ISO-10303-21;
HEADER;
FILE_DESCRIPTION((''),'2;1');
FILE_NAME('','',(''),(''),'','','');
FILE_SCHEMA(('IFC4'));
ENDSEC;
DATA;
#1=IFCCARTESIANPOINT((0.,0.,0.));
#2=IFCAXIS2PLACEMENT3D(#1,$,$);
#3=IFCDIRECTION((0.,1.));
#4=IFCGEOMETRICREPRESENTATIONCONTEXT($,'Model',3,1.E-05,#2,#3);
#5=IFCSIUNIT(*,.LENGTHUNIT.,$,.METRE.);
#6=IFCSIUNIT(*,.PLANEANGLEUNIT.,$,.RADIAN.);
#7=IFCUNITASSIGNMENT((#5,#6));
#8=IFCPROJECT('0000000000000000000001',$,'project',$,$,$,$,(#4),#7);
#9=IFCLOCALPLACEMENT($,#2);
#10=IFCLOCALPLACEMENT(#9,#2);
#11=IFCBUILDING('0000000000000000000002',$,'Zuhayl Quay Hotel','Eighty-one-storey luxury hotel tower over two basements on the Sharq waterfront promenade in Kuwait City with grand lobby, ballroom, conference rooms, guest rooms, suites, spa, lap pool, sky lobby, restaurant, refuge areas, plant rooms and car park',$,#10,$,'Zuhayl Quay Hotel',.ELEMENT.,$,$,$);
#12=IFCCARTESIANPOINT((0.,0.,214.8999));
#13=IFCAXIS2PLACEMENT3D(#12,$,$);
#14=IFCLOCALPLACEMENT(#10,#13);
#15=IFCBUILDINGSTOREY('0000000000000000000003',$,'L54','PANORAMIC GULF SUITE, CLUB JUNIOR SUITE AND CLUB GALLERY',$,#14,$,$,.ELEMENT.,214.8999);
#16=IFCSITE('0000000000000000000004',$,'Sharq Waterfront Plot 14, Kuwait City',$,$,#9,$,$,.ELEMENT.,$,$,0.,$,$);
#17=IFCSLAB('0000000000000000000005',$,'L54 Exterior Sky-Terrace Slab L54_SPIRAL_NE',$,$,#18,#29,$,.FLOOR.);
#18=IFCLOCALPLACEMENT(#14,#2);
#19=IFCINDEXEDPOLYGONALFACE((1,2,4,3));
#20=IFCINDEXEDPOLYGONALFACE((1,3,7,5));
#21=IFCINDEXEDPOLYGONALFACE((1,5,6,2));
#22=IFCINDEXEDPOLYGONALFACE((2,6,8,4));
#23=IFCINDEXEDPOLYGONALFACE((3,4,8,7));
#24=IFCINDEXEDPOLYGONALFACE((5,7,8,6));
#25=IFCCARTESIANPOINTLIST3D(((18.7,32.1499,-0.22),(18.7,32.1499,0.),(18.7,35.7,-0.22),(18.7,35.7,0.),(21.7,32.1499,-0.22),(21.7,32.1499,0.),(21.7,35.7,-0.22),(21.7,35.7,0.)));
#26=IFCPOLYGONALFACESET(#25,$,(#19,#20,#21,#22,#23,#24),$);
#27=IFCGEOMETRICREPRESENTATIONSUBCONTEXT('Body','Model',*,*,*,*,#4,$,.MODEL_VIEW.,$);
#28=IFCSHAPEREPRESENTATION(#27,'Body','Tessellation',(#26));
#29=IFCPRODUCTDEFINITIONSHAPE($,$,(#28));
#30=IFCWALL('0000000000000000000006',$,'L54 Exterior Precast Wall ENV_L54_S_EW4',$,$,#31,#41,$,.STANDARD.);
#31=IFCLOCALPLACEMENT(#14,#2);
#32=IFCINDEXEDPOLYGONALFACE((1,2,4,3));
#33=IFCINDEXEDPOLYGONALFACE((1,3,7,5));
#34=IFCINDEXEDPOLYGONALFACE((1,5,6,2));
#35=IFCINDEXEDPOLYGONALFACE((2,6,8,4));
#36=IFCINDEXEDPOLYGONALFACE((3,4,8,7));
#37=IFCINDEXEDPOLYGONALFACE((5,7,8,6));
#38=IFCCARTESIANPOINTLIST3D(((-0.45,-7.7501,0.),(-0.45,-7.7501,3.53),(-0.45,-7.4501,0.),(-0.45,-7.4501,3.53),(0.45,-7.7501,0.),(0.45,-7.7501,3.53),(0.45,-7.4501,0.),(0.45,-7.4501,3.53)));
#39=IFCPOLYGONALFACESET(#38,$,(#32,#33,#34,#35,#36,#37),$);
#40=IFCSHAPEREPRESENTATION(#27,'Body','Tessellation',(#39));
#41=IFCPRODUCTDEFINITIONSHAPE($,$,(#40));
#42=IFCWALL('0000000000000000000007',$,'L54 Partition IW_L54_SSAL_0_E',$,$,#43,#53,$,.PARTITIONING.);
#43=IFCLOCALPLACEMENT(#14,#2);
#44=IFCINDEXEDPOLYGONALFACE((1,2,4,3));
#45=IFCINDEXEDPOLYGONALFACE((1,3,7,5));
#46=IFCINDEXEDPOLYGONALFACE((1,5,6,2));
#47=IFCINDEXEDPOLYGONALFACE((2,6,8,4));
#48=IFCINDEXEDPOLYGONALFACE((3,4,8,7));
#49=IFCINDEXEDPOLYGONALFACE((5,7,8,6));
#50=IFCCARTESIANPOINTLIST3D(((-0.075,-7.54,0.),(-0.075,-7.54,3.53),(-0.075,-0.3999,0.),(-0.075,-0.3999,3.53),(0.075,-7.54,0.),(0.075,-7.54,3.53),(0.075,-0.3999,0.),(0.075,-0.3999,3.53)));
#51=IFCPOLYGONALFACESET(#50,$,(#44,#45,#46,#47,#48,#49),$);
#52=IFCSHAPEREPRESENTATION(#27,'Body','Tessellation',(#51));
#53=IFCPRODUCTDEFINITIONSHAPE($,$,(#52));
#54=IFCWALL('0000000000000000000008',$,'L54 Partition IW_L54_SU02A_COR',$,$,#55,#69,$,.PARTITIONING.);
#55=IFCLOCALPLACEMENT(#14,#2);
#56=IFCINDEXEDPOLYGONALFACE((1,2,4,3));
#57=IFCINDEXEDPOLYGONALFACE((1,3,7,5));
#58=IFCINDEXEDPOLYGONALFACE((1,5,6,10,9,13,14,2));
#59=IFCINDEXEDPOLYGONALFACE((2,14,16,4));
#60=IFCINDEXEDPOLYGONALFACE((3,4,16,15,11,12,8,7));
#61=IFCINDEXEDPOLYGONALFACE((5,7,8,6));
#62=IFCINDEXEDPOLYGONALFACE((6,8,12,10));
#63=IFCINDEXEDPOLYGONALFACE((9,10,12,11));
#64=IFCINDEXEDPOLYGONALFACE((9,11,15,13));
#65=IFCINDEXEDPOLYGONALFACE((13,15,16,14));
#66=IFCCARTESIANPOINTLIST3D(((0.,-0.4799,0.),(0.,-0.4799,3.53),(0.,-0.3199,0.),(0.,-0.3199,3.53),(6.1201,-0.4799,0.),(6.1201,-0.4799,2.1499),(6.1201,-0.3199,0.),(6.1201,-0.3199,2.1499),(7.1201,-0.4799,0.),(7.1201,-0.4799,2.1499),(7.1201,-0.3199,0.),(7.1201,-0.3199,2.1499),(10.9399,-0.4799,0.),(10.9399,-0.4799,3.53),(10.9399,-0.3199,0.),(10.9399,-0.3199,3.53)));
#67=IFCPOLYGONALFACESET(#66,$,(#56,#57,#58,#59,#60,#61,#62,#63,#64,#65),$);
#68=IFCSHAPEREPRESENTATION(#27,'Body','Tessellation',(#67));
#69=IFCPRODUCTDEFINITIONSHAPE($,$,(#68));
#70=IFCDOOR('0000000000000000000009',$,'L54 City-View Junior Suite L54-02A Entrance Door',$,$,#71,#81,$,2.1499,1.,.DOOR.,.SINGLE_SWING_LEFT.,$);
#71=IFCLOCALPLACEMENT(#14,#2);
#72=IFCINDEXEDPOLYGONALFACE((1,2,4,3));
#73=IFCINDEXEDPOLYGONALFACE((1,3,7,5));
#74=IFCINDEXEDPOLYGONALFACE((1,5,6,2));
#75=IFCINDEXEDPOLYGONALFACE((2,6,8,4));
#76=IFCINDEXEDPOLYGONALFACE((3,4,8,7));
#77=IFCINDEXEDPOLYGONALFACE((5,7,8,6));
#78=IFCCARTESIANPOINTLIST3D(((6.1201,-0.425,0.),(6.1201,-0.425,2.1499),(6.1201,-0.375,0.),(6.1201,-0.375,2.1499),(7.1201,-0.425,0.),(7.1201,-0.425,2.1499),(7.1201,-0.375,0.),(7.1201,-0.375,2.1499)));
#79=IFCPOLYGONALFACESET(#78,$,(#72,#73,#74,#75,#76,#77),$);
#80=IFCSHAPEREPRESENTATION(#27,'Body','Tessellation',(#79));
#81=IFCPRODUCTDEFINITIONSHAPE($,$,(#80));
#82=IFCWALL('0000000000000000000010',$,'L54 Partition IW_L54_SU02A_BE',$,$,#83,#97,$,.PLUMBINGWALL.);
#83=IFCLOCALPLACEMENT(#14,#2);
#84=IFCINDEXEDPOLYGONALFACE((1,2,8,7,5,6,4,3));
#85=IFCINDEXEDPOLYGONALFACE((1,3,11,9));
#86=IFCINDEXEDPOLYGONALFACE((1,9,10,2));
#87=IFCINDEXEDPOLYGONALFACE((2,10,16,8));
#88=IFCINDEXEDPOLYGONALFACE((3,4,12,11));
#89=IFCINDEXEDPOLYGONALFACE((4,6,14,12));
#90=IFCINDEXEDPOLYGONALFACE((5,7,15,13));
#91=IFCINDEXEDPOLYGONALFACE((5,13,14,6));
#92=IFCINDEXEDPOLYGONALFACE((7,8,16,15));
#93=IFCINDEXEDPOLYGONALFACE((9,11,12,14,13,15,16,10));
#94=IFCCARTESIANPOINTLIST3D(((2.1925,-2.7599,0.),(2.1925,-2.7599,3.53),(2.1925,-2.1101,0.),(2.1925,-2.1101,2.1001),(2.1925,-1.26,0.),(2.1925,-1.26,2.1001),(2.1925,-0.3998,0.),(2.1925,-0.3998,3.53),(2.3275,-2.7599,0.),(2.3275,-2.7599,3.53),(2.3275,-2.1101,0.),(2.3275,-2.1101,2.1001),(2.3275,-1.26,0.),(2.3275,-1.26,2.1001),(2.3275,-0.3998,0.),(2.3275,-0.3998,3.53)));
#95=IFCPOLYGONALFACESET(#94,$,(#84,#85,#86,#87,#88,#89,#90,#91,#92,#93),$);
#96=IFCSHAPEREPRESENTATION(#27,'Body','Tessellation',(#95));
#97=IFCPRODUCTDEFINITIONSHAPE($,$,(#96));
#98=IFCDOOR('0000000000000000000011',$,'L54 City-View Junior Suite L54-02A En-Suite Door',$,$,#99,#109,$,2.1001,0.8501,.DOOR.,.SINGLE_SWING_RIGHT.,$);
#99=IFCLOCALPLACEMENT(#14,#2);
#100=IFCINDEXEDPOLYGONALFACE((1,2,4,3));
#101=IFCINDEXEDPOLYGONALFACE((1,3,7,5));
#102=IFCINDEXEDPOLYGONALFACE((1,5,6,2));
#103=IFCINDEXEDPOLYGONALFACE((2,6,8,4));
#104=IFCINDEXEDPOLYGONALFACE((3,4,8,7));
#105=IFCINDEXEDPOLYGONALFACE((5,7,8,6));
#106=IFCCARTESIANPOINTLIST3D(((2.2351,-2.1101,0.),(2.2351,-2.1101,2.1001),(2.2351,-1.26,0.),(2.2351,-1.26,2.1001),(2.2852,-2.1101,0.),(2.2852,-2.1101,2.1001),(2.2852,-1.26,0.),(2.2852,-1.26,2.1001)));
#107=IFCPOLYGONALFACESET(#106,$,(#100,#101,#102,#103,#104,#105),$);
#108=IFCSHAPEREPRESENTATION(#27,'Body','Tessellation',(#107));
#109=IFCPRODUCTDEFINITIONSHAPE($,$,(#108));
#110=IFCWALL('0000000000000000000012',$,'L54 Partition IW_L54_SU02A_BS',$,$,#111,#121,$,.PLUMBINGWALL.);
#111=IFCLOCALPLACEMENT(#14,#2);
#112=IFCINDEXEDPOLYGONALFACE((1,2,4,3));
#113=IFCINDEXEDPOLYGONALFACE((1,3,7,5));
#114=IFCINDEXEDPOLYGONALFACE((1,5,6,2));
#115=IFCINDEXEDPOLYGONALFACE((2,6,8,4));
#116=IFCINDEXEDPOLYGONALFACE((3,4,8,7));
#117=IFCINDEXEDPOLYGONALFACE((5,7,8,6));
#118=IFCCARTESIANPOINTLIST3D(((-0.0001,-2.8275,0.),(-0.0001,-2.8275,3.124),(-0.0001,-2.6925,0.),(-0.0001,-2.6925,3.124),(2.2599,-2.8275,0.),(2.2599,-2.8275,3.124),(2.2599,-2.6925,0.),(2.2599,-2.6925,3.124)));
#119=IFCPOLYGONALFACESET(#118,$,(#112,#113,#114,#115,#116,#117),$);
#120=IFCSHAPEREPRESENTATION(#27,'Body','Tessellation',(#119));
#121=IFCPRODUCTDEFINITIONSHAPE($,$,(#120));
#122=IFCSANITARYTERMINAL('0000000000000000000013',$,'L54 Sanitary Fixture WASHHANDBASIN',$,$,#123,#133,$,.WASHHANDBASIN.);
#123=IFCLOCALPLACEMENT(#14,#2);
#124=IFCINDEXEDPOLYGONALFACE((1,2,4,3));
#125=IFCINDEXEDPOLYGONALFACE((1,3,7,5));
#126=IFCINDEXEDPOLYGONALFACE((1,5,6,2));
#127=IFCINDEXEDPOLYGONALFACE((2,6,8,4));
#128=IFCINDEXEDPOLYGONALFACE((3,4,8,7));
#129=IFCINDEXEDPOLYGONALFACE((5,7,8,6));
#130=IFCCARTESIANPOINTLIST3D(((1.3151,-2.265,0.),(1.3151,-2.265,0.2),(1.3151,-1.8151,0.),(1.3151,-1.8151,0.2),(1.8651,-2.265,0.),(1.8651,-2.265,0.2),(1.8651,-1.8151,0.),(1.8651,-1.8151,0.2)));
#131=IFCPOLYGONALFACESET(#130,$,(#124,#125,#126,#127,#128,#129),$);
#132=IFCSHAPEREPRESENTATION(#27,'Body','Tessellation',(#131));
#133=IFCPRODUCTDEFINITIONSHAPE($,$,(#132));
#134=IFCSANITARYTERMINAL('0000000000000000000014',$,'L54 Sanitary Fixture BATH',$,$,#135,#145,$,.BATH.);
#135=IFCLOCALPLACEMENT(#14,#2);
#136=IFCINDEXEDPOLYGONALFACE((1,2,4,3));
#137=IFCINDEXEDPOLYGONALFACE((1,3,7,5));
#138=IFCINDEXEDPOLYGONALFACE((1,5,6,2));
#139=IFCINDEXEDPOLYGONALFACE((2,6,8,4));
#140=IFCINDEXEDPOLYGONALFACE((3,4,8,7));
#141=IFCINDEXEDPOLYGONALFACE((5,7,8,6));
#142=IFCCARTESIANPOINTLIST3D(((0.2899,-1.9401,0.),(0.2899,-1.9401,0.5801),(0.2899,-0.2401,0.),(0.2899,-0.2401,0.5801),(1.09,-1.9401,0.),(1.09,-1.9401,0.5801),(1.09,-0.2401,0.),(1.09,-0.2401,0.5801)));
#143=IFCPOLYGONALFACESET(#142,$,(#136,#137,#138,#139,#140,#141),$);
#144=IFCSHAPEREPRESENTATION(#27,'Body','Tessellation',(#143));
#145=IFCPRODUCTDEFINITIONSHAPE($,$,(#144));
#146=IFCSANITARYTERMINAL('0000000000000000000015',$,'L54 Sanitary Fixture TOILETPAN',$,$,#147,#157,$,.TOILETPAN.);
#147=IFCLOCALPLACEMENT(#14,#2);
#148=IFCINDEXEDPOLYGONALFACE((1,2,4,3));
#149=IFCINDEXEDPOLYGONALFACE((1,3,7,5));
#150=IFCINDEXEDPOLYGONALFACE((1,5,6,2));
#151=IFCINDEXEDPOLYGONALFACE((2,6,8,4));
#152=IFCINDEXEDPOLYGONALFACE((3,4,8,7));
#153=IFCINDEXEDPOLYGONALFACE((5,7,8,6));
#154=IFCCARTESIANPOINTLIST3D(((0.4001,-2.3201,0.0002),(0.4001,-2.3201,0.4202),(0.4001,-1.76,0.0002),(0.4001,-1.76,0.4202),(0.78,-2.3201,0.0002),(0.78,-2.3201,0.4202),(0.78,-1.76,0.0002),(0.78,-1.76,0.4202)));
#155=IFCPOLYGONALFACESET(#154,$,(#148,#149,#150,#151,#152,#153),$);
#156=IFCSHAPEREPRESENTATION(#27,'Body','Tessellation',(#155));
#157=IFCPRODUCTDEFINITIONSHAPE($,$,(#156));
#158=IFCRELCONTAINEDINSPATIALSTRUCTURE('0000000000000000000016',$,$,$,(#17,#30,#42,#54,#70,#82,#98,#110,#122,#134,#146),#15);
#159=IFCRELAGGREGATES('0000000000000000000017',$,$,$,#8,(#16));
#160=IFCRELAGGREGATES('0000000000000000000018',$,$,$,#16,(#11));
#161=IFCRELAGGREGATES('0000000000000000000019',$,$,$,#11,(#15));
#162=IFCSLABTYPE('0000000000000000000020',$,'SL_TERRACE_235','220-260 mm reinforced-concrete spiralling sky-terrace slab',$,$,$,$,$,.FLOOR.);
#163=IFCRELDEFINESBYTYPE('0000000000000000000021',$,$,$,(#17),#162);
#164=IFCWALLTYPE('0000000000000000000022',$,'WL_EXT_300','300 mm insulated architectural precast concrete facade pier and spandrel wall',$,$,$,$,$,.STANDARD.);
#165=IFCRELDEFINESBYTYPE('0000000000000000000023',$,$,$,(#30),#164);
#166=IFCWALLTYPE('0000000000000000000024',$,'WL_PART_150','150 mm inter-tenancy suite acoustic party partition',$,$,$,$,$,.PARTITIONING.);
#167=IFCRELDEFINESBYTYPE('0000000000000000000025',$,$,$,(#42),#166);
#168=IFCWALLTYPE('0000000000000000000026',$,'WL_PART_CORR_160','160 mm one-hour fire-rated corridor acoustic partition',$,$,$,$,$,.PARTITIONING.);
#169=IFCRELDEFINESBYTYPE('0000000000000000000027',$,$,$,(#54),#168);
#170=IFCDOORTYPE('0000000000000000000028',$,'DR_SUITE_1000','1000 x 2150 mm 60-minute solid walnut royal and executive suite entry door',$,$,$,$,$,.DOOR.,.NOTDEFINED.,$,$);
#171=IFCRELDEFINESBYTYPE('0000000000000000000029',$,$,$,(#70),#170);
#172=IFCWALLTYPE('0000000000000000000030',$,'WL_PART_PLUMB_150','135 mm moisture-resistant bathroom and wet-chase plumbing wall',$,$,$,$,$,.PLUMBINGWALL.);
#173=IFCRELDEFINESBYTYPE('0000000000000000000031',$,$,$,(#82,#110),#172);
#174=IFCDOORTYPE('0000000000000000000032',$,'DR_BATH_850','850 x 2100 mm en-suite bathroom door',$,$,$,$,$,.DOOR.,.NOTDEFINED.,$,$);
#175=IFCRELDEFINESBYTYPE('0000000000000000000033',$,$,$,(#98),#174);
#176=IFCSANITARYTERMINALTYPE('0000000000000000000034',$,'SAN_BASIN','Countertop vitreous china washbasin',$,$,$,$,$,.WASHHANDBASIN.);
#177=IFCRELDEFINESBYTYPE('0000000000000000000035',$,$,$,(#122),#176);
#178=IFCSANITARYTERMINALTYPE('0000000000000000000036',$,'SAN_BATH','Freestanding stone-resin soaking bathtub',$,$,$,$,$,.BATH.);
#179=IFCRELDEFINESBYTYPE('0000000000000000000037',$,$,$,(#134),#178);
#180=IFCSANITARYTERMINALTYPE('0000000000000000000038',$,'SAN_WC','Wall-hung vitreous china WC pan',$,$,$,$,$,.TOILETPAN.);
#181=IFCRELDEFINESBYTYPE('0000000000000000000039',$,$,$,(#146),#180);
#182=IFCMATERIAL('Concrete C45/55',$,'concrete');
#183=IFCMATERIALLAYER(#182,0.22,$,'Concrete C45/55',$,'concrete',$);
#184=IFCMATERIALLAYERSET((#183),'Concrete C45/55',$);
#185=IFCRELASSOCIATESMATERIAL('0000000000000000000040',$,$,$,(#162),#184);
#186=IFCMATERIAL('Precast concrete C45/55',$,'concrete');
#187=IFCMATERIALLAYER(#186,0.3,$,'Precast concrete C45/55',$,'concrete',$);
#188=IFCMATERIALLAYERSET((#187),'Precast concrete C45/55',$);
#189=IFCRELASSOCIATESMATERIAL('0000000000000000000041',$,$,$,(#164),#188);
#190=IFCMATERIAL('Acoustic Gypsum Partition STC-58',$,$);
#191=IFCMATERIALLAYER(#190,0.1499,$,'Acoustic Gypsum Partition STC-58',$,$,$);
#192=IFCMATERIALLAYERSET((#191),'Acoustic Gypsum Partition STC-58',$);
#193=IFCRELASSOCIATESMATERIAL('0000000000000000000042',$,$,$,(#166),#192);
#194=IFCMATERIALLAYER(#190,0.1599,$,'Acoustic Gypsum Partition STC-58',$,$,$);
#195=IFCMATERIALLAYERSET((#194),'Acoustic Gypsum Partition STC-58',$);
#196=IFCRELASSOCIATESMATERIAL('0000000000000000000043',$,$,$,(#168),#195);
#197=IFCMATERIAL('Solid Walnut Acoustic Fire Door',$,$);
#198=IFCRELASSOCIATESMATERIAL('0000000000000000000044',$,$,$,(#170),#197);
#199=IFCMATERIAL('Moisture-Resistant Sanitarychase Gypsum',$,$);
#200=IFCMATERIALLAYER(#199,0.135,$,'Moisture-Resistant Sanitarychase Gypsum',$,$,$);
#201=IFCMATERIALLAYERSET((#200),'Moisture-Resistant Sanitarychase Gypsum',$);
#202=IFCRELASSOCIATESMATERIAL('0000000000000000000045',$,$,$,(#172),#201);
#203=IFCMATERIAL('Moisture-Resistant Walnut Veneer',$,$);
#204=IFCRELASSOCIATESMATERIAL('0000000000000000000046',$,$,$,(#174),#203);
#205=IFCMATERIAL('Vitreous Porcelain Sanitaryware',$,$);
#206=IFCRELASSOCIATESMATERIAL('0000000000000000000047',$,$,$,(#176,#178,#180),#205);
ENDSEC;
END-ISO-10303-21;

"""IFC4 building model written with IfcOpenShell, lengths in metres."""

from ifc_helpers import new_model, si_unit, direction, frame, frame_2d, origin, origin_2d, place, context, subcontext, project, spatial, polyline, rectangle, outline, extrude, material, layer, layer_set, type_object, element, fill, save


model = new_model("IFC4")

# Units and contexts
model_context = context("Model", 3, precision=1e-05, world=origin(), true_north=direction((0.0, 1.0)))
body_context = subcontext(model_context, "Body", "Model", "MODEL_VIEW")
ifc_project = project(units=[si_unit("LENGTHUNIT", "METRE"), si_unit("PLANEANGLEUNIT", "RADIAN")], contexts=[model_context])

# Site, building, storey
site_placement = place(None, origin())
site = spatial("IfcSite", under=ifc_project, at=site_placement, Name="Sharq Waterfront Plot 14, Kuwait City", CompositionType="ELEMENT", RefElevation=0.0)
building_placement = place(site_placement, origin())
building = spatial("IfcBuilding", under=site, at=building_placement, Name="Zuhayl Quay Hotel", Description="Eighty-one-storey luxury hotel tower over two basements on the Sharq waterfront promenade in Kuwait City with grand lobby, ballroom, conference rooms, guest rooms, suites, spa, lap pool, sky lobby, restaurant, refuge areas, plant rooms and car park", LongName="Zuhayl Quay Hotel", CompositionType="ELEMENT")
storey_placement = place(building_placement, frame((0.0, 0.0, 214.8999)))
storey = spatial("IfcBuildingStorey", under=building, at=storey_placement, Name="L54", Description="PANORAMIC GULF SUITE, CLUB JUNIOR SUITE AND CLUB GALLERY", CompositionType="ELEMENT", Elevation=214.8999)

# Shared definitions
ifc_material_1 = material(Name="Concrete C45/55", Category="concrete")

# Slab
ifc_layer_1 = layer(ifc_material_1, 0.22, Name="Concrete C45/55", Category="concrete")
ifc_layer_set_1 = layer_set([ifc_layer_1], Name="Concrete C45/55")
slab_type_1 = type_object("IfcSlabType", Name="SL_TERRACE_235", Description="220-260 mm reinforced-concrete spiralling sky-terrace slab", PredefinedType="FLOOR", material=ifc_layer_set_1)
slab_1_placement = place(storey_placement, frame((0.0, 0.0, -0.22)))
element("IfcSlab", 1, at=slab_1_placement, inside=storey, type_object=slab_type_1, Name="L54 Exterior Sky-Terrace Slab L54_SPIRAL_NE", PredefinedType="FLOOR", context=body_context, shape_type="SweptSolid", body=[
    extrude(outline(polyline([(18.7, 32.1499), (21.7, 32.1499), (21.7, 35.7), (18.7, 35.7), (18.7, 32.1499)])), origin(), (0.0, 0.0, 1.0), 0.22),
])

# Walls
ifc_material_2 = material(Name="Precast concrete C45/55", Category="concrete")
ifc_layer_2 = layer(ifc_material_2, 0.3, Name="Precast concrete C45/55", Category="concrete")
ifc_layer_set_2 = layer_set([ifc_layer_2], Name="Precast concrete C45/55")
wall_type_1 = type_object("IfcWallType", Name="WL_EXT_300", Description="300 mm insulated architectural precast concrete facade pier and spandrel wall", PredefinedType="STANDARD", material=ifc_layer_set_2)
wall_1_placement = place(storey_placement, frame((0.45, -7.6001, 0.0), z_axis=(0.0, 0.0, 1.0), x_axis=(-1.0, 0.0, 0.0)))
element("IfcWall", 2, at=wall_1_placement, inside=storey, type_object=wall_type_1, Name="L54 Exterior Precast Wall ENV_L54_S_EW4", PredefinedType="STANDARD", context=body_context, shape_type="SweptSolid", body=[
    extrude(rectangle(XDim=0.8999, YDim=0.3, at=frame_2d((0.45, 0.0))), origin(), (0.0, 0.0, 1.0), 3.53),
])
ifc_material_3 = material(Name="Acoustic Gypsum Partition STC-58")
ifc_layer_3 = layer(ifc_material_3, 0.1499, Name="Acoustic Gypsum Partition STC-58")
ifc_layer_set_3 = layer_set([ifc_layer_3], Name="Acoustic Gypsum Partition STC-58")
wall_type_2 = type_object("IfcWallType", Name="WL_PART_150", Description="150 mm inter-tenancy suite acoustic party partition", PredefinedType="PARTITIONING", material=ifc_layer_set_3)
wall_2_placement = place(storey_placement, frame((0.0, -7.54, 0.0), z_axis=(0.0, 0.0, 1.0), x_axis=(0.0, 1.0, 0.0)))
element("IfcWall", 3, at=wall_2_placement, inside=storey, type_object=wall_type_2, Name="L54 Partition IW_L54_SSAL_0_E", PredefinedType="PARTITIONING", context=body_context, shape_type="SweptSolid", body=[
    extrude(rectangle(XDim=7.1401, YDim=0.1499, at=frame_2d((3.5701, 0.0))), origin(), (0.0, 0.0, 1.0), 3.53),
])

# Walls, openings, doors
ifc_layer_4 = layer(ifc_material_3, 0.1599, Name="Acoustic Gypsum Partition STC-58")
ifc_layer_set_4 = layer_set([ifc_layer_4], Name="Acoustic Gypsum Partition STC-58")
wall_type_3 = type_object("IfcWallType", Name="WL_PART_CORR_160", Description="160 mm one-hour fire-rated corridor acoustic partition", PredefinedType="PARTITIONING", material=ifc_layer_set_4)
wall_3_placement = place(storey_placement, frame((0.0, -0.3999, 0.0), z_axis=(0.0, 0.0, 1.0), x_axis=(1.0, 0.0, 0.0)))
wall_3 = element("IfcWall", 4, at=wall_3_placement, inside=storey, type_object=wall_type_3, Name="L54 Partition IW_L54_SU02A_COR", PredefinedType="PARTITIONING", context=body_context, shape_type="SweptSolid", body=[
    extrude(rectangle(XDim=10.9399, YDim=0.1599, at=frame_2d((5.47, 0.0))), origin(), (0.0, 0.0, 1.0), 3.53),
])
opening_1_placement = place(wall_3_placement, frame((6.1201, 0.0, 0.0)))
opening_1 = element("IfcOpeningElement", 5, at=opening_1_placement, cuts=wall_3, PredefinedType="OPENING", context=body_context, shape_type="SweptSolid", body=[
    extrude(rectangle(XDim=1.0, YDim=2.1499, at=frame_2d((0.5, 1.075))), frame((0.0, 0.0898, 0.0), z_axis=(0.0, -1.0, 0.0), x_axis=(1.0, 0.0, 0.0)), (0.0, 0.0, 1.0), 0.1799),
])
ifc_material_4 = material(Name="Solid Walnut Acoustic Fire Door")
door_type_1 = type_object("IfcDoorType", Name="DR_SUITE_1000", Description="1000 x 2150 mm 60-minute solid walnut royal and executive suite entry door", OperationType="NOTDEFINED", PredefinedType="DOOR", material=ifc_material_4)
door_1_placement = place(opening_1_placement, origin())
door_1 = element("IfcDoor", 6, at=door_1_placement, inside=storey, type_object=door_type_1, Name="L54 City-View Junior Suite L54-02A Entrance Door", OperationType="SINGLE_SWING_LEFT", OverallHeight=2.1499, OverallWidth=1.0, PredefinedType="DOOR", context=body_context, shape_type="SweptSolid", body=[
    extrude(rectangle(XDim=1.0, YDim=2.1499, at=frame_2d((0.5, 1.075))), frame((0.0, 0.0249, 0.0), z_axis=(0.0, -1.0, 0.0), x_axis=(1.0, 0.0, 0.0)), (0.0, 0.0, 1.0), 0.05),
])
fill(opening_1, door_1)
ifc_material_5 = material(Name="Moisture-Resistant Sanitarychase Gypsum")
ifc_layer_5 = layer(ifc_material_5, 0.135, Name="Moisture-Resistant Sanitarychase Gypsum")
ifc_layer_set_5 = layer_set([ifc_layer_5], Name="Moisture-Resistant Sanitarychase Gypsum")
wall_type_4 = type_object("IfcWallType", Name="WL_PART_PLUMB_150", Description="135 mm moisture-resistant bathroom and wet-chase plumbing wall", PredefinedType="PLUMBINGWALL", material=ifc_layer_set_5)
wall_4_placement = place(storey_placement, frame((2.26, -2.76, 0.0), z_axis=(0.0, 0.0, 1.0), x_axis=(0.0, 1.0, 0.0)))
wall_4 = element("IfcWall", 7, at=wall_4_placement, inside=storey, type_object=wall_type_4, Name="L54 Partition IW_L54_SU02A_BE", PredefinedType="PLUMBINGWALL", context=body_context, shape_type="SweptSolid", body=[
    extrude(rectangle(XDim=2.3601, YDim=0.135, at=frame_2d((1.1802, 0.0))), origin(), (0.0, 0.0, 1.0), 3.53),
])
opening_2_placement = place(wall_4_placement, frame((0.6499, 0.0, 0.0)))
opening_2 = element("IfcOpeningElement", 8, at=opening_2_placement, cuts=wall_4, PredefinedType="OPENING", context=body_context, shape_type="SweptSolid", body=[
    extrude(rectangle(XDim=0.8501, YDim=2.1001, at=frame_2d((0.425, 1.05))), frame((0.0, 0.0774, 0.0), z_axis=(0.0, -1.0, 0.0), x_axis=(1.0, 0.0, 0.0)), (0.0, 0.0, 1.0), 0.155),
])
ifc_material_6 = material(Name="Moisture-Resistant Walnut Veneer")
door_type_2 = type_object("IfcDoorType", Name="DR_BATH_850", Description="850 x 2100 mm en-suite bathroom door", OperationType="NOTDEFINED", PredefinedType="DOOR", material=ifc_material_6)
door_2_placement = place(opening_2_placement, origin())
door_2 = element("IfcDoor", 9, at=door_2_placement, inside=storey, type_object=door_type_2, Name="L54 City-View Junior Suite L54-02A En-Suite Door", OperationType="SINGLE_SWING_RIGHT", OverallHeight=2.1001, OverallWidth=0.8501, PredefinedType="DOOR", context=body_context, shape_type="SweptSolid", body=[
    extrude(rectangle(XDim=0.8501, YDim=2.1001, at=frame_2d((0.425, 1.05))), frame((0.0, 0.0249, 0.0), z_axis=(0.0, -1.0, 0.0), x_axis=(1.0, 0.0, 0.0)), (0.0, 0.0, 1.0), 0.05),
])
fill(opening_2, door_2)

# Wall
wall_5_placement = place(storey_placement, frame((0.0, -2.76, 0.0), z_axis=(0.0, 0.0, 1.0), x_axis=(1.0, 0.0, 0.0)))
element("IfcWall", 10, at=wall_5_placement, inside=storey, type_object=wall_type_4, Name="L54 Partition IW_L54_SU02A_BS", PredefinedType="PLUMBINGWALL", context=body_context, shape_type="SweptSolid", body=[
    extrude(rectangle(XDim=2.26, YDim=0.135, at=frame_2d((1.1299, 0.0))), origin(), (0.0, 0.0, 1.0), 3.124),
])

# Sanitary terminals
ifc_material_7 = material(Name="Vitreous Porcelain Sanitaryware")
sanitary_terminal_type_1 = type_object("IfcSanitaryTerminalType", Name="SAN_BASIN", Description="Countertop vitreous china washbasin", PredefinedType="WASHHANDBASIN", material=ifc_material_7)
sanitary_terminal_1_placement = place(storey_placement, frame((1.5901, -2.04, 0.0), z_axis=(0.0, 0.0, 1.0), x_axis=(1.0, 0.0, 0.0)))
element("IfcSanitaryTerminal", 11, at=sanitary_terminal_1_placement, inside=storey, type_object=sanitary_terminal_type_1, Name="L54 Sanitary Fixture WASHHANDBASIN", PredefinedType="WASHHANDBASIN", context=body_context, shape_type="SweptSolid", body=[
    extrude(rectangle(XDim=0.55, YDim=0.45, at=origin_2d()), origin(), (0.0, 0.0, 1.0), 0.2),
])
sanitary_terminal_type_2 = type_object("IfcSanitaryTerminalType", Name="SAN_BATH", Description="Freestanding stone-resin soaking bathtub", PredefinedType="BATH", material=ifc_material_7)
sanitary_terminal_2_placement = place(storey_placement, frame((0.6899, -1.0901, 0.0), z_axis=(0.0, 0.0, 1.0), x_axis=(1.0, 0.0, 0.0)))
element("IfcSanitaryTerminal", 12, at=sanitary_terminal_2_placement, inside=storey, type_object=sanitary_terminal_type_2, Name="L54 Sanitary Fixture BATH", PredefinedType="BATH", context=body_context, shape_type="SweptSolid", body=[
    extrude(rectangle(XDim=0.8, YDim=1.7, at=origin_2d()), origin(), (0.0, 0.0, 1.0), 0.5801),
])
sanitary_terminal_type_3 = type_object("IfcSanitaryTerminalType", Name="SAN_WC", Description="Wall-hung vitreous china WC pan", PredefinedType="TOILETPAN", material=ifc_material_7)
sanitary_terminal_3_placement = place(storey_placement, frame((0.5901, -2.04, 0.0002), z_axis=(0.0, 0.0, 1.0), x_axis=(1.0, 0.0, 0.0)))
element("IfcSanitaryTerminal", 13, at=sanitary_terminal_3_placement, inside=storey, type_object=sanitary_terminal_type_3, Name="L54 Sanitary Fixture TOILETPAN", PredefinedType="TOILETPAN", context=body_context, shape_type="SweptSolid", body=[
    extrude(rectangle(XDim=0.3799, YDim=0.5601, at=origin_2d()), origin(), (0.0, 0.0, 1.0), 0.4199),
])

save(model, "model.ifc")
